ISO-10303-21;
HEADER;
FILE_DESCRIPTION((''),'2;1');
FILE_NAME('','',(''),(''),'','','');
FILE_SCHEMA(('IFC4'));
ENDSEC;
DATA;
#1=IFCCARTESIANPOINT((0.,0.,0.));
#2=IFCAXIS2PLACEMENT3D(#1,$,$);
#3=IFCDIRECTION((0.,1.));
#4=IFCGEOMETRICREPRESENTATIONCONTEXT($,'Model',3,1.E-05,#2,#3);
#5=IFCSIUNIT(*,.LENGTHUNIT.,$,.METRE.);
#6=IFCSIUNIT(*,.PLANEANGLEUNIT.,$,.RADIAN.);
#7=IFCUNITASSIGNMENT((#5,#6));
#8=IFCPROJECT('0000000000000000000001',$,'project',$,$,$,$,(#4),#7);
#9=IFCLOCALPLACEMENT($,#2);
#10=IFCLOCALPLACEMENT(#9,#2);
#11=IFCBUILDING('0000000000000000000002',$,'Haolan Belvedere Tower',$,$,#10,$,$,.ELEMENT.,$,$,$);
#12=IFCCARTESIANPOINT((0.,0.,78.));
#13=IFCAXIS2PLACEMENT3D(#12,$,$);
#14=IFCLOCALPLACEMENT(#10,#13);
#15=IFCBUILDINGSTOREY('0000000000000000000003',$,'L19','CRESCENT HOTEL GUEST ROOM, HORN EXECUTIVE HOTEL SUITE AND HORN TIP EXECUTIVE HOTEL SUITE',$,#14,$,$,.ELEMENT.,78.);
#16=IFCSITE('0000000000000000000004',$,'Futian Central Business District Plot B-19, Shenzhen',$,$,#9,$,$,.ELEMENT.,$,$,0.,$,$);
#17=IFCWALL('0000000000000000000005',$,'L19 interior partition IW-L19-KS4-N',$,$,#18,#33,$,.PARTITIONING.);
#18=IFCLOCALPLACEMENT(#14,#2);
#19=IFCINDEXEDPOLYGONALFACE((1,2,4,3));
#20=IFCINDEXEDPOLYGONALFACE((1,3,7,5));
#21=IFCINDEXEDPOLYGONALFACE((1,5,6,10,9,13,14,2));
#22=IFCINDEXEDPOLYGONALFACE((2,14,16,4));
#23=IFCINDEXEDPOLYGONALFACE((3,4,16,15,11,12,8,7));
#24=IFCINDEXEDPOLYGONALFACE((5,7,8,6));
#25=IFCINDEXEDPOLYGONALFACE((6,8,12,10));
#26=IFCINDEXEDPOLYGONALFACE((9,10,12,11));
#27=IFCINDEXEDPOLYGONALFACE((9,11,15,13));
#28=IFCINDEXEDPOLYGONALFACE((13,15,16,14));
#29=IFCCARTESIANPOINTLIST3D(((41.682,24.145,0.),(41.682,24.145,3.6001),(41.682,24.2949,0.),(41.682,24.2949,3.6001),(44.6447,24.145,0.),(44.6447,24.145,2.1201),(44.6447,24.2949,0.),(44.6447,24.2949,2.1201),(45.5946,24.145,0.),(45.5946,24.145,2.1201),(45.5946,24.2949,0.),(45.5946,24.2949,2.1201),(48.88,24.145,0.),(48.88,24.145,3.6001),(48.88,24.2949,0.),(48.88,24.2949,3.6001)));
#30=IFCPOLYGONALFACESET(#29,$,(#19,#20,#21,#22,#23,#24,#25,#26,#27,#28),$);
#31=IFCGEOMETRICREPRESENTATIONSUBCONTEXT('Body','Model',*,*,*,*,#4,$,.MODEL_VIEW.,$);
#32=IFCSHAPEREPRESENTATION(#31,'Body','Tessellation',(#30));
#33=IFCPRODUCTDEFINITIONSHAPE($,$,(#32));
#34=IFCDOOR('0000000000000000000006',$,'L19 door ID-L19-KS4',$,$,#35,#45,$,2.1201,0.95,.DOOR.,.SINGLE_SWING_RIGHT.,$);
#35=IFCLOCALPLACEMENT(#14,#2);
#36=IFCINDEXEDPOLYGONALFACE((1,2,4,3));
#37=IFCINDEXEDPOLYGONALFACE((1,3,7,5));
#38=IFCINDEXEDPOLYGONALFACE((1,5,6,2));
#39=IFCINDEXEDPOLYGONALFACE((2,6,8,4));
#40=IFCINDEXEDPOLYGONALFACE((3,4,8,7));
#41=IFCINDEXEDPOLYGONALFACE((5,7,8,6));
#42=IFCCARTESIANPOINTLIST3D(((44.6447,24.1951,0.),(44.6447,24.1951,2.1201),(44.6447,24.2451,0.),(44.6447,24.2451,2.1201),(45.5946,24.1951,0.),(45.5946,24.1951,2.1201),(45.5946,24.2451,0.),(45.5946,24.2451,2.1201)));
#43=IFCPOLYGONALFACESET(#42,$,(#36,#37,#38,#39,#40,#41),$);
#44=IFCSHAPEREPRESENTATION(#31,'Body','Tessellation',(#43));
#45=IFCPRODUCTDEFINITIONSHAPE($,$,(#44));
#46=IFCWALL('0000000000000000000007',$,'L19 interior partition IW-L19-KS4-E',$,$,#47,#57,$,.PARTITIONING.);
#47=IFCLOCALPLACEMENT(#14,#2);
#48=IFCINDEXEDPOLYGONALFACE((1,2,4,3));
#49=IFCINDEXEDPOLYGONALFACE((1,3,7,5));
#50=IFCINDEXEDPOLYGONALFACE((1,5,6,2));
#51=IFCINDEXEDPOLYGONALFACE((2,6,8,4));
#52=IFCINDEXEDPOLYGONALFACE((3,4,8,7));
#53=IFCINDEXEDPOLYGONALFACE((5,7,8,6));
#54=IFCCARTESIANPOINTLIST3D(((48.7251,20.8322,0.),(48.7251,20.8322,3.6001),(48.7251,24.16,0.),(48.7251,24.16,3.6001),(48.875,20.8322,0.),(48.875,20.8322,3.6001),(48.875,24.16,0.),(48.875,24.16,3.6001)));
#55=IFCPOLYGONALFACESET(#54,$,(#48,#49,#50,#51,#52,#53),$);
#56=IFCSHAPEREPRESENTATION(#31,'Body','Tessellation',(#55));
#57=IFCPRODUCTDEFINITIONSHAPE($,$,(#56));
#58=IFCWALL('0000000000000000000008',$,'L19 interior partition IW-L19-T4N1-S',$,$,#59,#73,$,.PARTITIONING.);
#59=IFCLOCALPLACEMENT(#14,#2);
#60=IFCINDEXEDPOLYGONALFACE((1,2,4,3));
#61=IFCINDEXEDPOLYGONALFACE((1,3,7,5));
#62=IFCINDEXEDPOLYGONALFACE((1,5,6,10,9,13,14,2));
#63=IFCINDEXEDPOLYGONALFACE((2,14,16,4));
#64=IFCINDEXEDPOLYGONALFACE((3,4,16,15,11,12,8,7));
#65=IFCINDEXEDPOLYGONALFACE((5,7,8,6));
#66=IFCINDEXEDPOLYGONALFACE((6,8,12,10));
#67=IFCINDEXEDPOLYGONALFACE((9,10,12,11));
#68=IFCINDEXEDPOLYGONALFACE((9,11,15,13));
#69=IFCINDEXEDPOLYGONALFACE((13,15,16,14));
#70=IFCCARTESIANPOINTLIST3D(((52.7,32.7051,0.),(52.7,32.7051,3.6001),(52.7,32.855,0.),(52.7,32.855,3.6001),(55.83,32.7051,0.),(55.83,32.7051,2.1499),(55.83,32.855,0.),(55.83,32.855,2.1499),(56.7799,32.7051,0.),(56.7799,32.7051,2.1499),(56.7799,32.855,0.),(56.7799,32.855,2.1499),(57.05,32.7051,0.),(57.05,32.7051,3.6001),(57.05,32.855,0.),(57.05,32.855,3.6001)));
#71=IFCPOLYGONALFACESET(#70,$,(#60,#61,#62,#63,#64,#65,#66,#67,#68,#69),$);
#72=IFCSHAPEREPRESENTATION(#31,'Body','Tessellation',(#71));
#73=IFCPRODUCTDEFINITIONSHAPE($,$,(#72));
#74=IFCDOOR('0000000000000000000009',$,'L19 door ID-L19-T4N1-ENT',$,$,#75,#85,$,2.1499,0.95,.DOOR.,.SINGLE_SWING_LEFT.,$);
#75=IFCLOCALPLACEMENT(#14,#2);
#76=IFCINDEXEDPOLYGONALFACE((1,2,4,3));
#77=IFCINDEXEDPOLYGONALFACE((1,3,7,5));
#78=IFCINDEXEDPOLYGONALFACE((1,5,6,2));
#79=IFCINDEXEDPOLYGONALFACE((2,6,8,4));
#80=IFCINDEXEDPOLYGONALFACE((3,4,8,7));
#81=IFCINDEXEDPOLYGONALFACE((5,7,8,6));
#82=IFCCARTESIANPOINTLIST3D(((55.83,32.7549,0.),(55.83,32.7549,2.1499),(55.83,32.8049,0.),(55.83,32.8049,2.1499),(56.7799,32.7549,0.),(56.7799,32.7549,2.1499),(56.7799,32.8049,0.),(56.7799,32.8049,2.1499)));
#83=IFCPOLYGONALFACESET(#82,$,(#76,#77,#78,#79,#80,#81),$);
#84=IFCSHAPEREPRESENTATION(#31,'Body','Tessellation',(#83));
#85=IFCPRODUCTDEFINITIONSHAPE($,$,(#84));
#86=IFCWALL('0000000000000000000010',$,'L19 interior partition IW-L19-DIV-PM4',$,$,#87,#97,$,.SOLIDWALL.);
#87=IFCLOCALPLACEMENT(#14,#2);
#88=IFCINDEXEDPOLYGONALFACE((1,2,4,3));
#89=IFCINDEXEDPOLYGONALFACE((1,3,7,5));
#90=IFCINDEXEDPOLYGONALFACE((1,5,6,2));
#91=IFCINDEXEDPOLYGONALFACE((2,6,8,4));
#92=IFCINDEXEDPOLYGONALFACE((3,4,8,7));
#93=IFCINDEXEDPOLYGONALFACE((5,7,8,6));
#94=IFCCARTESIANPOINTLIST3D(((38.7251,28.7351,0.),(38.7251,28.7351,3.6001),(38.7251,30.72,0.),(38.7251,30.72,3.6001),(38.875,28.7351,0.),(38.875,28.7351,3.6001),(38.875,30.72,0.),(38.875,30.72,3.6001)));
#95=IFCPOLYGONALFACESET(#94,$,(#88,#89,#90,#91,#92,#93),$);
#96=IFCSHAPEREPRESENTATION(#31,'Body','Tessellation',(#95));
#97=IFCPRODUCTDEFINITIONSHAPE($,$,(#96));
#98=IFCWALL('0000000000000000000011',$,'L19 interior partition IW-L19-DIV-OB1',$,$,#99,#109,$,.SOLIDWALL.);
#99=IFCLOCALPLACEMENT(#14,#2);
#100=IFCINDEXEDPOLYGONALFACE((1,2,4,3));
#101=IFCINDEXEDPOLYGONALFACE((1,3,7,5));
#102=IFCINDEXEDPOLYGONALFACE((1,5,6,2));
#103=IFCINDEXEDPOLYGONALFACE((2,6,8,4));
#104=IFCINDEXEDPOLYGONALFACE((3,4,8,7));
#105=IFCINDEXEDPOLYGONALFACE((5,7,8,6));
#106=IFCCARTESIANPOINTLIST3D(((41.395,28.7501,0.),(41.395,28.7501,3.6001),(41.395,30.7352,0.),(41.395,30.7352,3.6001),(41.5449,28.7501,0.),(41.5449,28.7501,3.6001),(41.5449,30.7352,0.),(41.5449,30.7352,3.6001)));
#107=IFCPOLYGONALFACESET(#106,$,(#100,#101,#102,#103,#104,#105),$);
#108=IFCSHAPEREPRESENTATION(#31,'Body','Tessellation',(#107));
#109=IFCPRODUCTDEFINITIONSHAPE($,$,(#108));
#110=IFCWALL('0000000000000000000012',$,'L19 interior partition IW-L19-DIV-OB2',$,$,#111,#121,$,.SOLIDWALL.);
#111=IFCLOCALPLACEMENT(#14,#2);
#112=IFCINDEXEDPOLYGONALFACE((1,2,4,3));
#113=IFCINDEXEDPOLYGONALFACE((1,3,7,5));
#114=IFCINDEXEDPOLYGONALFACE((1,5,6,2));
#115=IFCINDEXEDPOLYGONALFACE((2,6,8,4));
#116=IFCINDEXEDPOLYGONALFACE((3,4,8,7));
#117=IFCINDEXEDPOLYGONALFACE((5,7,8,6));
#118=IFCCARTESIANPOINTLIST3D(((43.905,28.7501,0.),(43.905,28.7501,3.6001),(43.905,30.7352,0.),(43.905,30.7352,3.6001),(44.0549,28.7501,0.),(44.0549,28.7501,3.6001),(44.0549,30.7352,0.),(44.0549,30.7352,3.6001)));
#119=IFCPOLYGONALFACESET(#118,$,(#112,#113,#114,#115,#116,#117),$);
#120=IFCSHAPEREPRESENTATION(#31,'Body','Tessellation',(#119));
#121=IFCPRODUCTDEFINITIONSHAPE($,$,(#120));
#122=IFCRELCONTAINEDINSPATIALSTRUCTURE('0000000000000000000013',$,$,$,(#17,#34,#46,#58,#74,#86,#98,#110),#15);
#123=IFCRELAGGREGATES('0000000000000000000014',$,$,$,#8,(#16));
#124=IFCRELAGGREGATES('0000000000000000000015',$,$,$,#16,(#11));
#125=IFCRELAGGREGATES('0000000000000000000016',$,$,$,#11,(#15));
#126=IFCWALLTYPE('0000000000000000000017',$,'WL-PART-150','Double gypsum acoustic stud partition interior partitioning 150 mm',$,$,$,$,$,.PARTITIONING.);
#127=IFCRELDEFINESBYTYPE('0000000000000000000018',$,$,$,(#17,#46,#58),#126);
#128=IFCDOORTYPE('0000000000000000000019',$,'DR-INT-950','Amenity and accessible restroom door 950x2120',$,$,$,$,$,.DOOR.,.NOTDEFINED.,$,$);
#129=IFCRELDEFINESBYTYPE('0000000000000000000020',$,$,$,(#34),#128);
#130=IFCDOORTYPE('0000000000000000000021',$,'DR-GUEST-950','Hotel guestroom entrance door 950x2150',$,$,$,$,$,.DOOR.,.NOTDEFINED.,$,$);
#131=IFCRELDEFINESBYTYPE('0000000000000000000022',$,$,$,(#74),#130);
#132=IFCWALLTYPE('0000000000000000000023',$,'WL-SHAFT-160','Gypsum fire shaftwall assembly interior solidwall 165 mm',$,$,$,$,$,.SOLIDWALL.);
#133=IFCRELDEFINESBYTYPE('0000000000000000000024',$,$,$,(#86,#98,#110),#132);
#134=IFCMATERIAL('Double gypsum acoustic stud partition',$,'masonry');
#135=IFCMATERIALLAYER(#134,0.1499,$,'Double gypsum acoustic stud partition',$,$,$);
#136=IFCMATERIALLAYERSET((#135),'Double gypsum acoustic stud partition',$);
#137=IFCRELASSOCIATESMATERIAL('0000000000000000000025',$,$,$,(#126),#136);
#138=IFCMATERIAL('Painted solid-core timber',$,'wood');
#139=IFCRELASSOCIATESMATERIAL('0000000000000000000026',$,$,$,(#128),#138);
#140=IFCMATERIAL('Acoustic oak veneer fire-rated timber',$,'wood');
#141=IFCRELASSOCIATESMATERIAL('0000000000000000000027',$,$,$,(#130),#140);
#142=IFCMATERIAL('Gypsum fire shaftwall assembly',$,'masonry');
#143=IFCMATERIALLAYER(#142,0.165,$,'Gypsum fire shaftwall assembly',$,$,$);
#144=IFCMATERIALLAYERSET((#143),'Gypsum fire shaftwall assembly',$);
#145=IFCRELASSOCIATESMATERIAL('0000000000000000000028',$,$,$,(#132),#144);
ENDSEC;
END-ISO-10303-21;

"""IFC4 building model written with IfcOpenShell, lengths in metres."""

from ifc_helpers import new_model, si_unit, direction, frame, frame_2d, origin, place, context, subcontext, project, spatial, rectangle, extrude, material, layer, layer_set, type_object, element, fill, save


model = new_model("IFC4")

# Units and contexts
model_context = context("Model", 3, precision=1e-05, world=origin(), true_north=direction((0.0, 1.0)))
body_context = subcontext(model_context, "Body", "Model", "MODEL_VIEW")
ifc_project = project(units=[si_unit("LENGTHUNIT", "METRE"), si_unit("PLANEANGLEUNIT", "RADIAN")], contexts=[model_context])

# Site, building, storey
site_placement = place(None, origin())
site = spatial("IfcSite", under=ifc_project, at=site_placement, Name="Futian Central Business District Plot B-19, Shenzhen", CompositionType="ELEMENT", RefElevation=0.0)
building_placement = place(site_placement, origin())
building = spatial("IfcBuilding", under=site, at=building_placement, Name="Haolan Belvedere Tower", CompositionType="ELEMENT")
storey_placement = place(building_placement, frame((0.0, 0.0, 78.0)))
storey = spatial("IfcBuildingStorey", under=building, at=storey_placement, Name="L19", Description="CRESCENT HOTEL GUEST ROOM, HORN EXECUTIVE HOTEL SUITE AND HORN TIP EXECUTIVE HOTEL SUITE", CompositionType="ELEMENT", Elevation=78.0)

# Shared definitions
ifc_material_1 = material(Name="Double gypsum acoustic stud partition", Category="masonry")
ifc_layer_1 = layer(ifc_material_1, 0.1499, Name="Double gypsum acoustic stud partition")
ifc_layer_set_1 = layer_set([ifc_layer_1], Name="Double gypsum acoustic stud partition")
wall_type_1 = type_object("IfcWallType", Name="WL-PART-150", Description="Double gypsum acoustic stud partition interior partitioning 150 mm", PredefinedType="PARTITIONING", material=ifc_layer_set_1)

# Shared definitions
ifc_material_2 = material(Name="Painted solid-core timber", Category="wood")
door_type_1 = type_object("IfcDoorType", Name="DR-INT-950", Description="Amenity and accessible restroom door 950x2120", OperationType="NOTDEFINED", PredefinedType="DOOR", material=ifc_material_2)

# Wall, opening, door
wall_1_placement = place(storey_placement, frame((41.6819, 24.22, 0.0), z_axis=(0.0, 0.0, 1.0), x_axis=(1.0, 0.0, 0.0)))
wall_1 = element("IfcWall", 1, at=wall_1_placement, inside=storey, type_object=wall_type_1, Name="L19 interior partition IW-L19-KS4-N", PredefinedType="PARTITIONING", context=body_context, shape_type="SweptSolid", body=[
    extrude(rectangle(XDim=7.198, YDim=0.1499, at=frame_2d((3.5991, 0.0))), origin(), (0.0, 0.0, 1.0), 3.6001),
])
opening_1_placement = place(wall_1_placement, frame((3.9128, 0.0, 0.0), z_axis=(0.0, 0.0, 1.0), x_axis=(-1.0, 0.0, 0.0)))
opening_1 = element("IfcOpeningElement", 2, at=opening_1_placement, cuts=wall_1, PredefinedType="OPENING", context=body_context, shape_type="SweptSolid", body=[
    extrude(rectangle(XDim=0.95, YDim=2.1201, at=frame_2d((0.4751, 1.0601))), frame((0.0, 0.085, 0.0), z_axis=(0.0, -1.0, 0.0), x_axis=(1.0, 0.0, 0.0)), (0.0, 0.0, 1.0), 0.1699),
])
door_1_placement = place(opening_1_placement, origin())
door_1 = element("IfcDoor", 3, at=door_1_placement, inside=storey, type_object=door_type_1, Name="L19 door ID-L19-KS4", OperationType="SINGLE_SWING_RIGHT", OverallHeight=2.1201, OverallWidth=0.95, PredefinedType="DOOR", context=body_context, shape_type="SweptSolid", body=[
    extrude(rectangle(XDim=0.95, YDim=2.1201, at=frame_2d((0.4751, 1.0601))), frame((0.0, 0.0249, 0.0), z_axis=(0.0, -1.0, 0.0), x_axis=(1.0, 0.0, 0.0)), (0.0, 0.0, 1.0), 0.05),
])
fill(opening_1, door_1)

# Wall
wall_2_placement = place(storey_placement, frame((48.8, 20.832, 0.0), z_axis=(0.0, 0.0, 1.0), x_axis=(0.0, 1.0, 0.0)))
element("IfcWall", 4, at=wall_2_placement, inside=storey, type_object=wall_type_1, Name="L19 interior partition IW-L19-KS4-E", PredefinedType="PARTITIONING", context=body_context, shape_type="SweptSolid", body=[
    extrude(rectangle(XDim=3.3279, YDim=0.1499, at=frame_2d((1.6641, 0.0))), origin(), (0.0, 0.0, 1.0), 3.6001),
])

# Wall, opening, door
wall_3_placement = place(storey_placement, frame((52.7, 32.78, 0.0), z_axis=(0.0, 0.0, 1.0), x_axis=(1.0, 0.0, 0.0)))
wall_3 = element("IfcWall", 5, at=wall_3_placement, inside=storey, type_object=wall_type_1, Name="L19 interior partition IW-L19-T4N1-S", PredefinedType="PARTITIONING", context=body_context, shape_type="SweptSolid", body=[
    extrude(rectangle(XDim=4.3501, YDim=0.1499, at=frame_2d((2.175, 0.0))), origin(), (0.0, 0.0, 1.0), 3.6001),
])
opening_2_placement = place(wall_3_placement, frame((3.1299, 0.0, 0.0)))
opening_2 = element("IfcOpeningElement", 6, at=opening_2_placement, cuts=wall_3, PredefinedType="OPENING", context=body_context, shape_type="SweptSolid", body=[
    extrude(rectangle(XDim=0.95, YDim=2.1499, at=frame_2d((0.4751, 1.075))), frame((0.0, 0.085, 0.0), z_axis=(0.0, -1.0, 0.0), x_axis=(1.0, 0.0, 0.0)), (0.0, 0.0, 1.0), 0.1699),
])
ifc_material_3 = material(Name="Acoustic oak veneer fire-rated timber", Category="wood")
door_type_2 = type_object("IfcDoorType", Name="DR-GUEST-950", Description="Hotel guestroom entrance door 950x2150", OperationType="NOTDEFINED", PredefinedType="DOOR", material=ifc_material_3)
door_2_placement = place(opening_2_placement, origin())
door_2 = element("IfcDoor", 7, at=door_2_placement, inside=storey, type_object=door_type_2, Name="L19 door ID-L19-T4N1-ENT", OperationType="SINGLE_SWING_LEFT", OverallHeight=2.1499, OverallWidth=0.95, PredefinedType="DOOR", context=body_context, shape_type="SweptSolid", body=[
    extrude(rectangle(XDim=0.95, YDim=2.1499, at=frame_2d((0.4751, 1.075))), frame((0.0, 0.0249, 0.0), z_axis=(0.0, -1.0, 0.0), x_axis=(1.0, 0.0, 0.0)), (0.0, 0.0, 1.0), 0.05),
])
fill(opening_2, door_2)

# Walls
ifc_material_4 = material(Name="Gypsum fire shaftwall assembly", Category="masonry")
ifc_layer_2 = layer(ifc_material_4, 0.165, Name="Gypsum fire shaftwall assembly")
ifc_layer_set_2 = layer_set([ifc_layer_2], Name="Gypsum fire shaftwall assembly")
wall_type_2 = type_object("IfcWallType", Name="WL-SHAFT-160", Description="Gypsum fire shaftwall assembly interior solidwall 165 mm", PredefinedType="SOLIDWALL", material=ifc_layer_set_2)
wall_4_placement = place(storey_placement, frame((38.8, 28.7351, 0.0), z_axis=(0.0, 0.0, 1.0), x_axis=(0.0, 1.0, 0.0)))
element("IfcWall", 8, at=wall_4_placement, inside=storey, type_object=wall_type_2, Name="L19 interior partition IW-L19-DIV-PM4", PredefinedType="SOLIDWALL", context=body_context, shape_type="SweptSolid", body=[
    extrude(rectangle(XDim=1.9849, YDim=0.1499, at=frame_2d((0.9924, 0.0))), origin(), (0.0, 0.0, 1.0), 3.6001),
])
for number, where, z_axis, x_axis, name in (
    (9, (41.47, 28.75, 0.0), (0.0, 0.0, 1.0), (0.0, 1.0, 0.0), "L19 interior partition IW-L19-DIV-OB1"),
    (10, (43.98, 28.75, 0.0), (0.0, 0.0, 1.0), (0.0, 1.0, 0.0), "L19 interior partition IW-L19-DIV-OB2"),
):
    element("IfcWall", number, at=place(storey_placement, frame(where, z_axis=z_axis, x_axis=x_axis)), inside=storey, type_object=wall_type_2, Name=name, PredefinedType="SOLIDWALL", context=body_context, shape_type="SweptSolid", body=[
        extrude(rectangle(XDim=1.9851, YDim=0.1499, at=frame_2d((0.9927, 0.0))), origin(), (0.0, 0.0, 1.0), 3.6001),
    ])

save(model, "model.ifc")
